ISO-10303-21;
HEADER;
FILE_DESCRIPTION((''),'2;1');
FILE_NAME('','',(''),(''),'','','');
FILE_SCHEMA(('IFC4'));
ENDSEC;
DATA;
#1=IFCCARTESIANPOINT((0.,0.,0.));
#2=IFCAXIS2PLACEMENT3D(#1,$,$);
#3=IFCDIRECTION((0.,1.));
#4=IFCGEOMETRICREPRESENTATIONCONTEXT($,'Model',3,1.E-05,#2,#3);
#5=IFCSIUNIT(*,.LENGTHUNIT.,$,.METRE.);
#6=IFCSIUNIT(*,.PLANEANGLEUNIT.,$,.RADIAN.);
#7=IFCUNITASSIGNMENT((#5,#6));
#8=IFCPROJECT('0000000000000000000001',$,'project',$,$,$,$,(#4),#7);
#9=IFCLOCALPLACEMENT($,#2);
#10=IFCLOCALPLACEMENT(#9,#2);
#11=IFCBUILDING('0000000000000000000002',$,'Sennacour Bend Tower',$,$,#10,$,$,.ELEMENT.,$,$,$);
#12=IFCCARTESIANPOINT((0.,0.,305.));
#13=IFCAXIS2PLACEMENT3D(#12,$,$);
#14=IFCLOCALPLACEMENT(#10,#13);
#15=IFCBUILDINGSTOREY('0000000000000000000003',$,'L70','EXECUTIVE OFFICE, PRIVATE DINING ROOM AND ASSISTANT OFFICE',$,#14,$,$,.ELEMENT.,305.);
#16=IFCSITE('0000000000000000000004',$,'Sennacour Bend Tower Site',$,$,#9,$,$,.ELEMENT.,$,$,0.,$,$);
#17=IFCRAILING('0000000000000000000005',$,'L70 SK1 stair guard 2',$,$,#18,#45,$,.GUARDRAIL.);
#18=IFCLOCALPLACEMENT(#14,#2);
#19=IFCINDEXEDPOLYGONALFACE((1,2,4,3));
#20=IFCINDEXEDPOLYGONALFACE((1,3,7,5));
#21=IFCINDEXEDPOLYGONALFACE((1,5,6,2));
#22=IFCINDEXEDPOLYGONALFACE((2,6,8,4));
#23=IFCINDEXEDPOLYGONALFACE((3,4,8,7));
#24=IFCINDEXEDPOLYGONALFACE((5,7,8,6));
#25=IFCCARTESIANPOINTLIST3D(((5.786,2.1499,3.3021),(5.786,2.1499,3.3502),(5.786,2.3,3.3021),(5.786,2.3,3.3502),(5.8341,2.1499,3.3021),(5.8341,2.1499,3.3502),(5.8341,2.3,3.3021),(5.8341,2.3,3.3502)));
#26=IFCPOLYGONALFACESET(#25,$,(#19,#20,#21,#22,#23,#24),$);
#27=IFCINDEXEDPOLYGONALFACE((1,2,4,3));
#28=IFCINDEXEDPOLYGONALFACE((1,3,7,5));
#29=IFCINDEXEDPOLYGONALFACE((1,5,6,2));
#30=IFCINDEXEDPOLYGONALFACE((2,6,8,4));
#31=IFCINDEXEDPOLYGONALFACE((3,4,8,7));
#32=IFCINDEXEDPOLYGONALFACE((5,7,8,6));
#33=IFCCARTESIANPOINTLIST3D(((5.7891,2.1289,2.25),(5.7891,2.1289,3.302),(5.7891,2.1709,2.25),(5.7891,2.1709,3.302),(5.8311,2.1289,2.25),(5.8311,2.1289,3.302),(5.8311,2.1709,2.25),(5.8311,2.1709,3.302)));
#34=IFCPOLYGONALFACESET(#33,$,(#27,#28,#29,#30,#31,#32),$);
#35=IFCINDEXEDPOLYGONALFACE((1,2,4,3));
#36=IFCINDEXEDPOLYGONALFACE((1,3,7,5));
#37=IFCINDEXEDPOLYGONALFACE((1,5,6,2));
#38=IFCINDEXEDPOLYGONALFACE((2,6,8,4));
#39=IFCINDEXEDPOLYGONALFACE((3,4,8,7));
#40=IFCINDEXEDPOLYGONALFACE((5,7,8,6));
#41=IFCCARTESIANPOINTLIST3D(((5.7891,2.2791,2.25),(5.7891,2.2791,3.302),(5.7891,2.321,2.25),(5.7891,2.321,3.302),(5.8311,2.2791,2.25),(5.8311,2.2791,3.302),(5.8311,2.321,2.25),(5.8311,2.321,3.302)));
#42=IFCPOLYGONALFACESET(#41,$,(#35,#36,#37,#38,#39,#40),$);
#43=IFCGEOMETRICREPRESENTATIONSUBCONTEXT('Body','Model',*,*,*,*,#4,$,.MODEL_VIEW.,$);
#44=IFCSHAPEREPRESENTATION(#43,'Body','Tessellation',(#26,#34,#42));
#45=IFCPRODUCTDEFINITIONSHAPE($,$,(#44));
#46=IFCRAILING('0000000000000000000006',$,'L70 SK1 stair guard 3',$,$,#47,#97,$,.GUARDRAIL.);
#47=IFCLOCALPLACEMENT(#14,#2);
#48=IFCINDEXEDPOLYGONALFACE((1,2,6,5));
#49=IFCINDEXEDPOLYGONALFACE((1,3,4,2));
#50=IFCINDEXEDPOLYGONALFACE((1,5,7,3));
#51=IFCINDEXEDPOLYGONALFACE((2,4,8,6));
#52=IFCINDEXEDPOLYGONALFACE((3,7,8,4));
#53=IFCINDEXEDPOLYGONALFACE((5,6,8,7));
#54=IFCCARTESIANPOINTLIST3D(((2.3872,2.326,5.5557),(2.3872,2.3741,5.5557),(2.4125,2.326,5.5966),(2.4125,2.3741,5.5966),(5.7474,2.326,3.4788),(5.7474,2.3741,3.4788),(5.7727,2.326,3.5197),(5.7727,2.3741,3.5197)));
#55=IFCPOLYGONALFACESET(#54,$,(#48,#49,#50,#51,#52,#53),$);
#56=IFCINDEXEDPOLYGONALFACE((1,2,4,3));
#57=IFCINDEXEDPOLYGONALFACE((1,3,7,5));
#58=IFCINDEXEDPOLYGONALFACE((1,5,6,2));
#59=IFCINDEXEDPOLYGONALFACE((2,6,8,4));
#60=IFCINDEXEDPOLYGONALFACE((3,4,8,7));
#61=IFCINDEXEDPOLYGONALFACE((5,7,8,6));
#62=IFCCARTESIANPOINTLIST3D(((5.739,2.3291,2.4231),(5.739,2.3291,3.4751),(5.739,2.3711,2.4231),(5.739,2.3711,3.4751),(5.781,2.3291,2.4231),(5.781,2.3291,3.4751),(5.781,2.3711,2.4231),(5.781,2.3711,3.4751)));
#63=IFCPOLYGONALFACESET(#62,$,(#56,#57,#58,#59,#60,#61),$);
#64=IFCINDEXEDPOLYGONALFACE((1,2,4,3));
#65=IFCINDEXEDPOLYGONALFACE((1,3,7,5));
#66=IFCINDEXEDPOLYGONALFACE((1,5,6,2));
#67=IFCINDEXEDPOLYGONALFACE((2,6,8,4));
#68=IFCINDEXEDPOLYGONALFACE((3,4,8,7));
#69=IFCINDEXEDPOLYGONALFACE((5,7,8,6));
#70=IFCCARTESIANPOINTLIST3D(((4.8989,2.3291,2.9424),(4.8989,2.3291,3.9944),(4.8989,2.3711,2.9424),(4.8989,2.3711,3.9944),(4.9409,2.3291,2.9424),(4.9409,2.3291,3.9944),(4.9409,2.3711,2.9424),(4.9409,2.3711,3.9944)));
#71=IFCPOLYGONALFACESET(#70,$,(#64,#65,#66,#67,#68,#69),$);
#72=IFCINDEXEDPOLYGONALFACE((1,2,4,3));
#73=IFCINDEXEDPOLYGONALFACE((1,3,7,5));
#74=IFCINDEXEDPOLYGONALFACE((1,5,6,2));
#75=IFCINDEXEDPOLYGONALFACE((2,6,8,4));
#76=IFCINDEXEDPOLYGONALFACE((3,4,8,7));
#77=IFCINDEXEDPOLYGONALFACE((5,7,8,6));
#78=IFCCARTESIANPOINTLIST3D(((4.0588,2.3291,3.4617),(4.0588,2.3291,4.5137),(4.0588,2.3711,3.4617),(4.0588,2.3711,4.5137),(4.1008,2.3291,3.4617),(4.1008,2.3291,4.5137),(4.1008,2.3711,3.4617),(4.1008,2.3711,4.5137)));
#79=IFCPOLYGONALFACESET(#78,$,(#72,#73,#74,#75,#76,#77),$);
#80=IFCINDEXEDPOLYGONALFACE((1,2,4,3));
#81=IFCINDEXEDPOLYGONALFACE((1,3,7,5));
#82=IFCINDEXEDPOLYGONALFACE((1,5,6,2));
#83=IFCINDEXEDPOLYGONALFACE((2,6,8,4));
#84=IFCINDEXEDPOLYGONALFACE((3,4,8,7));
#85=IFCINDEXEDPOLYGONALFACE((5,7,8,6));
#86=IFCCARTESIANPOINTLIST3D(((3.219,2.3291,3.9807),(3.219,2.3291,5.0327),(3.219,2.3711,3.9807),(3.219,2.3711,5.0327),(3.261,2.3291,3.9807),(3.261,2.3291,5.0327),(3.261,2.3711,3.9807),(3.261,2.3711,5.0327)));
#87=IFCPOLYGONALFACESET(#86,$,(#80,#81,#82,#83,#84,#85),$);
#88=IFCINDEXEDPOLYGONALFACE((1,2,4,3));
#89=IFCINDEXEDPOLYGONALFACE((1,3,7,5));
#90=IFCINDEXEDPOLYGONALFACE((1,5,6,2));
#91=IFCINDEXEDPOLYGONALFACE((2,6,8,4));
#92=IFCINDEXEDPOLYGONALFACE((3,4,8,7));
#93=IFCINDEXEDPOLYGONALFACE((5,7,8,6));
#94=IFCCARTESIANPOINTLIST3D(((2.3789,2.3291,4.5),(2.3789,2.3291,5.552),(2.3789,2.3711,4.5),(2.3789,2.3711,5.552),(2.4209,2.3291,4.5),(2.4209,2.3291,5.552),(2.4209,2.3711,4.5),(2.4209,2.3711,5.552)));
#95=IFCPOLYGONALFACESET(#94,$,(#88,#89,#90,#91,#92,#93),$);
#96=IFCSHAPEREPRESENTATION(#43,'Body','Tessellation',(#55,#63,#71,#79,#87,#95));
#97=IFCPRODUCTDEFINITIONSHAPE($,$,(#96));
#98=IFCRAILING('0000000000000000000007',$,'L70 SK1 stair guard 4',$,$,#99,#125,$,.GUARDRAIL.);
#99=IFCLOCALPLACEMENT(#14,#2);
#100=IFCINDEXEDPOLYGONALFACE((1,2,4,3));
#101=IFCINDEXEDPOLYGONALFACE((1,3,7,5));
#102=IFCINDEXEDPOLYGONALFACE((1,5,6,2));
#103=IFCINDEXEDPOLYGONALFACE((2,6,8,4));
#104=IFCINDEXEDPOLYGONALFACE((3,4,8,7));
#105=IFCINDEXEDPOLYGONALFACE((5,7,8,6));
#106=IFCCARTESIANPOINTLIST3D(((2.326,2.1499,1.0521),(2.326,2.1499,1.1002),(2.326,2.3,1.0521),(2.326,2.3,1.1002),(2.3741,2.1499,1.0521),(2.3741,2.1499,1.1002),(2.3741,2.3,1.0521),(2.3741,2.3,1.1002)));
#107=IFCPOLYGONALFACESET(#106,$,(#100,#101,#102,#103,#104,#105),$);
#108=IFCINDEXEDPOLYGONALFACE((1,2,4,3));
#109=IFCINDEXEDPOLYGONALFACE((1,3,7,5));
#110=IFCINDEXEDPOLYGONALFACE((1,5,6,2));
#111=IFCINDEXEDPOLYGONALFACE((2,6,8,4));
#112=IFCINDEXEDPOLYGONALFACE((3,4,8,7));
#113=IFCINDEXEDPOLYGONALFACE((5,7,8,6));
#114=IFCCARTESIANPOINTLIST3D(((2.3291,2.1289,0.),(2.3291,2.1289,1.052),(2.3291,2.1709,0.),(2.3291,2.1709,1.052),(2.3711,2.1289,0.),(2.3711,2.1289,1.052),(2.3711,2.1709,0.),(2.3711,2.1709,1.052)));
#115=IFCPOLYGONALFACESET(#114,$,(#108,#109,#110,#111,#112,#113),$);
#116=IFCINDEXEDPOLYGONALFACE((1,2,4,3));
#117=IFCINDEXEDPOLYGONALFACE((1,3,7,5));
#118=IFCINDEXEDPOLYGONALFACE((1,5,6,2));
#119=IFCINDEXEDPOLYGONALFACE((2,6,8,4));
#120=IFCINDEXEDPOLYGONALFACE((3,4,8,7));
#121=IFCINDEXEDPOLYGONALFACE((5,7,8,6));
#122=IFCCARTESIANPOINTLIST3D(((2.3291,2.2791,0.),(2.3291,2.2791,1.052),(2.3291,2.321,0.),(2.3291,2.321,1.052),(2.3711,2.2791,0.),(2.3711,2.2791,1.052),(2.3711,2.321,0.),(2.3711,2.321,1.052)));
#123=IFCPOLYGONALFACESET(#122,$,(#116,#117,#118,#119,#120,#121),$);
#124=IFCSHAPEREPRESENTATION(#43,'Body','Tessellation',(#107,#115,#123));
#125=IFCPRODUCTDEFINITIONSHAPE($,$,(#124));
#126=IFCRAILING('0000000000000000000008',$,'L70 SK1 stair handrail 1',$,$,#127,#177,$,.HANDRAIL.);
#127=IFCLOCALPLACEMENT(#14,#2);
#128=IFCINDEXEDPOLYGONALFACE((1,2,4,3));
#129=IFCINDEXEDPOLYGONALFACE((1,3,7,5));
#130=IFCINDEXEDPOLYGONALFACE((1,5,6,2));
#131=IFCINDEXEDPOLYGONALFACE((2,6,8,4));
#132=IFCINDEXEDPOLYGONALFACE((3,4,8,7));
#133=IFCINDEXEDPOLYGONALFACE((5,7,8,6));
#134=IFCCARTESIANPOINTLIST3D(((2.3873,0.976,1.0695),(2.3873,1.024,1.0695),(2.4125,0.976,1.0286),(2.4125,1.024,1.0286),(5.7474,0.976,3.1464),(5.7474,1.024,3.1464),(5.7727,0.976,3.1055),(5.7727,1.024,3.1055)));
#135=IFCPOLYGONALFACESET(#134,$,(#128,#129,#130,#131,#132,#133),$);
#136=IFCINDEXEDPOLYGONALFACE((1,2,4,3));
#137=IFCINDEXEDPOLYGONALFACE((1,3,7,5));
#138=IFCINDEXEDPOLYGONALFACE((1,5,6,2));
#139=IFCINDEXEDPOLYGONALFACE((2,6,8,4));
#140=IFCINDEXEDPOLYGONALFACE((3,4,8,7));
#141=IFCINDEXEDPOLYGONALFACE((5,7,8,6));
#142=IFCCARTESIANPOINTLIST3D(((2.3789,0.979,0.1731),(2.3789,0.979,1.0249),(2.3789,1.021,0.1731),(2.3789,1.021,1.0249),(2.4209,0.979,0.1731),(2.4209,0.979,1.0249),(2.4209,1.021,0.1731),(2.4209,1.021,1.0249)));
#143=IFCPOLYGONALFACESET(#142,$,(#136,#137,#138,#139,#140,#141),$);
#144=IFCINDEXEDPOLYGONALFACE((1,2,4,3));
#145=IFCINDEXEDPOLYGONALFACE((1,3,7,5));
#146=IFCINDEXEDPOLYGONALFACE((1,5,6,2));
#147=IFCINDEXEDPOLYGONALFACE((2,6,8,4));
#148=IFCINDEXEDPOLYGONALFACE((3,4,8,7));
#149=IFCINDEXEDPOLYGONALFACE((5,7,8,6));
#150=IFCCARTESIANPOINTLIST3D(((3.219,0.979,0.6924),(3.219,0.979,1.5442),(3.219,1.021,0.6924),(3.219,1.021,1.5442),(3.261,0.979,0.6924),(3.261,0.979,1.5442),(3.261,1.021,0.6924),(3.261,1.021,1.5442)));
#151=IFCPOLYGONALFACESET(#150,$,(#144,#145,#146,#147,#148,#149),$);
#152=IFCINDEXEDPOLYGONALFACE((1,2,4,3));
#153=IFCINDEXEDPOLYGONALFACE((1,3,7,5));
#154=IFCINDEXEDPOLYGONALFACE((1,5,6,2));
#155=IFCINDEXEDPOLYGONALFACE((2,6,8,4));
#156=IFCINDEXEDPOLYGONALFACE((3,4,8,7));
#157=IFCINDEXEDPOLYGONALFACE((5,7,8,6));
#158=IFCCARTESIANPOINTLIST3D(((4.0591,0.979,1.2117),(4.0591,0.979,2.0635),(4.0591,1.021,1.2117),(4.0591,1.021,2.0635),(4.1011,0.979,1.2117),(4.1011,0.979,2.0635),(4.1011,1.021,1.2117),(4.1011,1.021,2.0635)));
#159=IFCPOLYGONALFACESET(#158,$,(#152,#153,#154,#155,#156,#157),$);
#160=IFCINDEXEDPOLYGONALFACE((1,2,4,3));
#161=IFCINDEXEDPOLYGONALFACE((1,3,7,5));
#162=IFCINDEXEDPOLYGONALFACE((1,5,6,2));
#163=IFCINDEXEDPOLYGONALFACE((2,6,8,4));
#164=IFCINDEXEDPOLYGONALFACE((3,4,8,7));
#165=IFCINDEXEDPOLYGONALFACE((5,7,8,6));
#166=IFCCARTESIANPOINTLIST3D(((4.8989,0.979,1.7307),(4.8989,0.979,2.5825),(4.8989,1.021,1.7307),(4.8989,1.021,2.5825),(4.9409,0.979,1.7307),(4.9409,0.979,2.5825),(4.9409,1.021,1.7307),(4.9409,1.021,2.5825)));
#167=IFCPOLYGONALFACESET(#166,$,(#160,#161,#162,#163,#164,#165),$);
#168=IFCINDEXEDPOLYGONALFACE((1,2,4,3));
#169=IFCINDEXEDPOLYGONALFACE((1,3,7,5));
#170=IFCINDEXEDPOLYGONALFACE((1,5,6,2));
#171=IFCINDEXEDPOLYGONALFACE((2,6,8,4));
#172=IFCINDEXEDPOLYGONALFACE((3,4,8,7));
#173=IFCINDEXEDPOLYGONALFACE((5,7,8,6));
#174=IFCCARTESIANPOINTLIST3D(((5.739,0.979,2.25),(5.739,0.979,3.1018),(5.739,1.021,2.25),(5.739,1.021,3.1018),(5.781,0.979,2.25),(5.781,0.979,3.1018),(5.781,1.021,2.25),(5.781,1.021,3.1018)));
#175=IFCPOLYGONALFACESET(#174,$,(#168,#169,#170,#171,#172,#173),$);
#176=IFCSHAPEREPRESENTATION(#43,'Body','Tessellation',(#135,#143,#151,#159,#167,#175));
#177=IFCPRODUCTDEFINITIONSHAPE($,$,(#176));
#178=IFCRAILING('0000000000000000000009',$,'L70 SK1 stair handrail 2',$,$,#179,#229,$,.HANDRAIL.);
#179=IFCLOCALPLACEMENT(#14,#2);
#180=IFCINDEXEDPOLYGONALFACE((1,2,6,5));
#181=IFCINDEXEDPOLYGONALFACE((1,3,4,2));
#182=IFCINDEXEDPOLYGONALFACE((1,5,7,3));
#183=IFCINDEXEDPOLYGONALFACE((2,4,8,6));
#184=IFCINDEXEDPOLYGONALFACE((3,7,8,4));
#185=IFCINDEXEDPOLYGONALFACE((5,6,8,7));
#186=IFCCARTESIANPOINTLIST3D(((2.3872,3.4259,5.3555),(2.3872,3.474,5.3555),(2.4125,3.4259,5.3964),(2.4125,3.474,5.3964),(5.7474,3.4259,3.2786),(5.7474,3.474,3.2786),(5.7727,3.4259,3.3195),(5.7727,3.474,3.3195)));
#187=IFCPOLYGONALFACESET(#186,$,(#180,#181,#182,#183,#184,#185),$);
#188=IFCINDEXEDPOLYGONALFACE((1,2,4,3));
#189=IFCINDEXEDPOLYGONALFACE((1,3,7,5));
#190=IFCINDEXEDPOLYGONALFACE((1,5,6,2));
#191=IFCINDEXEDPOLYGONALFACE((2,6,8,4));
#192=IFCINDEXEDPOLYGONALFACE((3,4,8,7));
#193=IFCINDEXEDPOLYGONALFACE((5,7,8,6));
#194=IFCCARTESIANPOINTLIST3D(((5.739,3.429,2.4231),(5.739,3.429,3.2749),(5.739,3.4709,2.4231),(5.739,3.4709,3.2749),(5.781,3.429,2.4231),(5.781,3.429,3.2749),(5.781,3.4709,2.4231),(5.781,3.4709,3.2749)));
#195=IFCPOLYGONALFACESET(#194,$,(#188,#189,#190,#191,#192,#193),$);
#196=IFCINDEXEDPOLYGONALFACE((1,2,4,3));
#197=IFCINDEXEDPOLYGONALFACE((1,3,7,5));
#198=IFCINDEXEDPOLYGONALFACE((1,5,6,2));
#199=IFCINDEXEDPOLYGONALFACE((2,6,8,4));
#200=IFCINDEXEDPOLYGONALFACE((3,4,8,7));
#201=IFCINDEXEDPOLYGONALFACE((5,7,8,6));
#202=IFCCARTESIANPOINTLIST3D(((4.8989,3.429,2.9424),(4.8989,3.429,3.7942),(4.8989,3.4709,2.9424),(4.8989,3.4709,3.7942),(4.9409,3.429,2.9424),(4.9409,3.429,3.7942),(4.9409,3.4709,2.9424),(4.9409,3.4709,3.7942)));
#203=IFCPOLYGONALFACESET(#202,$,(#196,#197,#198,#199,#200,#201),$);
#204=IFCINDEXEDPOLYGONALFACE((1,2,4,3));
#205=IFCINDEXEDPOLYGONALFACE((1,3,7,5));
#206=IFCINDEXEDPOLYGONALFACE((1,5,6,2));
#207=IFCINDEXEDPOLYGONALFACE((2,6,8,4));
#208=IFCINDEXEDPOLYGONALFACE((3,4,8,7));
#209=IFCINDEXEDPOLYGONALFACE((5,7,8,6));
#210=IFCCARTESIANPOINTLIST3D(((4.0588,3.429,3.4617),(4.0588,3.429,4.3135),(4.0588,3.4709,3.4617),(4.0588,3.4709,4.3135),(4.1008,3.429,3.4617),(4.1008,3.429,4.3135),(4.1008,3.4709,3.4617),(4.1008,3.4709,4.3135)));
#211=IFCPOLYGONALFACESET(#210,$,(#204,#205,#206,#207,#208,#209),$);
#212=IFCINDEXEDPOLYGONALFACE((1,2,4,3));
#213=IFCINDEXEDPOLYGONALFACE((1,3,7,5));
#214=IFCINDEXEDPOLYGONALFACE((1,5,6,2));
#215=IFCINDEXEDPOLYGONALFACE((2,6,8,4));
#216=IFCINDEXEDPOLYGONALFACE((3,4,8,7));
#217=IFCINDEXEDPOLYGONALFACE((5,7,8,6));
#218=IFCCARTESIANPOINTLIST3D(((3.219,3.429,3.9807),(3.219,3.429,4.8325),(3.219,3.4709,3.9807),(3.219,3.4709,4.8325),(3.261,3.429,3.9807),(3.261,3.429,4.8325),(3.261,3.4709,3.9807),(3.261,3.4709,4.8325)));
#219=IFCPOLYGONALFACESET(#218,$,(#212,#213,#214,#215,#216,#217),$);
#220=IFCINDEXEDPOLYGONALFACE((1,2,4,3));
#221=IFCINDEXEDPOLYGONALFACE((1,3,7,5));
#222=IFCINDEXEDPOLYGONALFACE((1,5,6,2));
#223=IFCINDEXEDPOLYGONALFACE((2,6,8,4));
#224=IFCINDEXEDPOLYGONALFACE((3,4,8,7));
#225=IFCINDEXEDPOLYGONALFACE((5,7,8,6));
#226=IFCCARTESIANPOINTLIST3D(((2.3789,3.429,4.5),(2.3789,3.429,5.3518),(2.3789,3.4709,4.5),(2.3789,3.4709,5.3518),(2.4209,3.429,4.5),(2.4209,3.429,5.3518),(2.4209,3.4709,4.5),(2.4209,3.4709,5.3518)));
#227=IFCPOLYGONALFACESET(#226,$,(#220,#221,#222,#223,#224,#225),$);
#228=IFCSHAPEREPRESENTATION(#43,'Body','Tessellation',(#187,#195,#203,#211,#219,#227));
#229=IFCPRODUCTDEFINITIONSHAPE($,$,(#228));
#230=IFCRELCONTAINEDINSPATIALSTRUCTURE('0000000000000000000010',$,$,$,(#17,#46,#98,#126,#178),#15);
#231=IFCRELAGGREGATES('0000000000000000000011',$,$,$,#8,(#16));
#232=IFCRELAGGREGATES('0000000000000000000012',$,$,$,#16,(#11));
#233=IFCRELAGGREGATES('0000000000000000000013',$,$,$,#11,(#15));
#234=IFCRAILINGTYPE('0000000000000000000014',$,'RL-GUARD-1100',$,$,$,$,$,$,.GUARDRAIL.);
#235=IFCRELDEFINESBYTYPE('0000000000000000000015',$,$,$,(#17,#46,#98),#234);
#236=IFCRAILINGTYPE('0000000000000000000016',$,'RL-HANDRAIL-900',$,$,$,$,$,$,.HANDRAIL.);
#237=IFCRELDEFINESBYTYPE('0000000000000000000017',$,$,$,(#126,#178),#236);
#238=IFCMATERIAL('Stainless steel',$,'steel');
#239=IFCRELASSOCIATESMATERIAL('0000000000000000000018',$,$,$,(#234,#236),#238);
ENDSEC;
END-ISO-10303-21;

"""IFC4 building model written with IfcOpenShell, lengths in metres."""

from ifc_helpers import new_model, si_unit, direction, frame, origin, origin_2d, place, context, subcontext, project, spatial, rectangle, extrude, material, type_object, element, save


model = new_model("IFC4")

# Units and contexts
model_context = context("Model", 3, precision=1e-05, world=origin(), true_north=direction((0.0, 1.0)))
body_context = subcontext(model_context, "Body", "Model", "MODEL_VIEW")
ifc_project = project(units=[si_unit("LENGTHUNIT", "METRE"), si_unit("PLANEANGLEUNIT", "RADIAN")], contexts=[model_context])

# Site, building, storey
site_placement = place(None, origin())
site = spatial("IfcSite", under=ifc_project, at=site_placement, Name="Sennacour Bend Tower Site", CompositionType="ELEMENT", RefElevation=0.0)
building_placement = place(site_placement, origin())
building = spatial("IfcBuilding", under=site, at=building_placement, Name="Sennacour Bend Tower", CompositionType="ELEMENT")
storey_placement = place(building_placement, frame((0.0, 0.0, 305.0)))
storey = spatial("IfcBuildingStorey", under=building, at=storey_placement, Name="L70", Description="EXECUTIVE OFFICE, PRIVATE DINING ROOM AND ASSISTANT OFFICE", CompositionType="ELEMENT", Elevation=305.0)

# Railings
ifc_material_1 = material(Name="Stainless steel", Category="steel")
railing_type_1 = type_object("IfcRailingType", Name="RL-GUARD-1100", PredefinedType="GUARDRAIL", material=ifc_material_1)
railing_1_placement = place(storey_placement, frame((5.8101, 2.1499, 2.25)))
element("IfcRailing", 1, at=railing_1_placement, inside=storey, type_object=railing_type_1, Name="L70 SK1 stair guard 2", PredefinedType="GUARDRAIL", context=body_context, shape_type="SweptSolid", body=[
    extrude(rectangle(XDim=0.0481, YDim=0.0481, at=origin_2d()), frame((0.0, 0.0, 1.0762), z_axis=(0.0, 1.0, 0.0), x_axis=(-1.0, 0.0, 0.0)), (0.0, 0.0, 1.0), 0.1501),
    extrude(rectangle(XDim=0.042, YDim=0.042, at=origin_2d()), origin(), (0.0, 0.0, 1.0), 1.052),
    extrude(rectangle(XDim=0.042, YDim=0.042, at=origin_2d()), frame((0.0, 0.1501, 0.0)), (0.0, 0.0, 1.0), 1.052),
])
railing_2_placement = place(storey_placement, frame((5.76, 2.3501, 2.4231)))
element("IfcRailing", 2, at=railing_2_placement, inside=storey, type_object=railing_type_1, Name="L70 SK1 stair guard 3", PredefinedType="GUARDRAIL", context=body_context, shape_type="SweptSolid", body=[
    extrude(rectangle(XDim=0.0481, YDim=0.0481, at=origin_2d()), frame((0.0, 0.0, 1.0762), z_axis=(-0.850623, 0.0, 0.525776), x_axis=(0.0, -1.0, 0.0)), (0.0, 0.0, 1.0), 3.9502),
    extrude(rectangle(XDim=0.042, YDim=0.042, at=origin_2d()), origin(), (0.0, 0.0, 1.0), 1.052),
    extrude(rectangle(XDim=0.042, YDim=0.042, at=origin_2d()), frame((-0.8401, 0.0, 0.5193)), (0.0, 0.0, 1.0), 1.052),
    extrude(rectangle(XDim=0.042, YDim=0.042, at=origin_2d()), frame((-1.6802, 0.0, 1.0386)), (0.0, 0.0, 1.0), 1.052),
    extrude(rectangle(XDim=0.042, YDim=0.042, at=origin_2d()), frame((-2.52, 0.0, 1.5576)), (0.0, 0.0, 1.0), 1.052),
    extrude(rectangle(XDim=0.042, YDim=0.042, at=origin_2d()), frame((-3.3601, 0.0, 2.0769)), (0.0, 0.0, 1.0), 1.052),
])
railing_3_placement = place(storey_placement, frame((2.3501, 2.1499, 0.0)))
element("IfcRailing", 3, at=railing_3_placement, inside=storey, type_object=railing_type_1, Name="L70 SK1 stair guard 4", PredefinedType="GUARDRAIL", context=body_context, shape_type="SweptSolid", body=[
    extrude(rectangle(XDim=0.0481, YDim=0.0481, at=origin_2d()), frame((0.0, 0.0, 1.0762), z_axis=(0.0, 1.0, 0.0), x_axis=(-1.0, 0.0, 0.0)), (0.0, 0.0, 1.0), 0.1501),
    extrude(rectangle(XDim=0.042, YDim=0.042, at=origin_2d()), origin(), (0.0, 0.0, 1.0), 1.052),
    extrude(rectangle(XDim=0.042, YDim=0.042, at=origin_2d()), frame((0.0, 0.1501, 0.0)), (0.0, 0.0, 1.0), 1.052),
])
railing_type_2 = type_object("IfcRailingType", Name="RL-HANDRAIL-900", PredefinedType="HANDRAIL", material=ifc_material_1)
railing_4_placement = place(storey_placement, frame((2.3999, 1.0, 0.1731)))
element("IfcRailing", 4, at=railing_4_placement, inside=storey, type_object=railing_type_2, Name="L70 SK1 stair handrail 1", PredefinedType="HANDRAIL", context=body_context, shape_type="SweptSolid", body=[
    extrude(rectangle(XDim=0.0481, YDim=0.0481, at=origin_2d()), frame((0.0, 0.0, 0.876), z_axis=(0.850623, 0.0, 0.525776), x_axis=(0.0, 1.0, 0.0)), (0.0, 0.0, 1.0), 3.9502),
    extrude(rectangle(XDim=0.042, YDim=0.042, at=origin_2d()), origin(), (0.0, 0.0, 1.0), 0.8518),
    extrude(rectangle(XDim=0.042, YDim=0.042, at=origin_2d()), frame((0.8401, 0.0, 0.5193)), (0.0, 0.0, 1.0), 0.8518),
    extrude(rectangle(XDim=0.042, YDim=0.042, at=origin_2d()), frame((1.6802, 0.0, 1.0386)), (0.0, 0.0, 1.0), 0.8518),
    extrude(rectangle(XDim=0.042, YDim=0.042, at=origin_2d()), frame((2.52, 0.0, 1.5576)), (0.0, 0.0, 1.0), 0.8518),
    extrude(rectangle(XDim=0.042, YDim=0.042, at=origin_2d()), frame((3.3601, 0.0, 2.0769)), (0.0, 0.0, 1.0), 0.8518),
])
railing_5_placement = place(storey_placement, frame((5.76, 3.45, 2.4231)))
element("IfcRailing", 5, at=railing_5_placement, inside=storey, type_object=railing_type_2, Name="L70 SK1 stair handrail 2", PredefinedType="HANDRAIL", context=body_context, shape_type="SweptSolid", body=[
    extrude(rectangle(XDim=0.0481, YDim=0.0481, at=origin_2d()), frame((0.0, 0.0, 0.876), z_axis=(-0.850623, 0.0, 0.525776), x_axis=(0.0, -1.0, 0.0)), (0.0, 0.0, 1.0), 3.9502),
    extrude(rectangle(XDim=0.042, YDim=0.042, at=origin_2d()), origin(), (0.0, 0.0, 1.0), 0.8518),
    extrude(rectangle(XDim=0.042, YDim=0.042, at=origin_2d()), frame((-0.8401, 0.0, 0.5193)), (0.0, 0.0, 1.0), 0.8518),
    extrude(rectangle(XDim=0.042, YDim=0.042, at=origin_2d()), frame((-1.6802, 0.0, 1.0386)), (0.0, 0.0, 1.0), 0.8518),
    extrude(rectangle(XDim=0.042, YDim=0.042, at=origin_2d()), frame((-2.52, 0.0, 1.5576)), (0.0, 0.0, 1.0), 0.8518),
    extrude(rectangle(XDim=0.042, YDim=0.042, at=origin_2d()), frame((-3.3601, 0.0, 2.0769)), (0.0, 0.0, 1.0), 0.8518),
])

save(model, "model.ifc")
